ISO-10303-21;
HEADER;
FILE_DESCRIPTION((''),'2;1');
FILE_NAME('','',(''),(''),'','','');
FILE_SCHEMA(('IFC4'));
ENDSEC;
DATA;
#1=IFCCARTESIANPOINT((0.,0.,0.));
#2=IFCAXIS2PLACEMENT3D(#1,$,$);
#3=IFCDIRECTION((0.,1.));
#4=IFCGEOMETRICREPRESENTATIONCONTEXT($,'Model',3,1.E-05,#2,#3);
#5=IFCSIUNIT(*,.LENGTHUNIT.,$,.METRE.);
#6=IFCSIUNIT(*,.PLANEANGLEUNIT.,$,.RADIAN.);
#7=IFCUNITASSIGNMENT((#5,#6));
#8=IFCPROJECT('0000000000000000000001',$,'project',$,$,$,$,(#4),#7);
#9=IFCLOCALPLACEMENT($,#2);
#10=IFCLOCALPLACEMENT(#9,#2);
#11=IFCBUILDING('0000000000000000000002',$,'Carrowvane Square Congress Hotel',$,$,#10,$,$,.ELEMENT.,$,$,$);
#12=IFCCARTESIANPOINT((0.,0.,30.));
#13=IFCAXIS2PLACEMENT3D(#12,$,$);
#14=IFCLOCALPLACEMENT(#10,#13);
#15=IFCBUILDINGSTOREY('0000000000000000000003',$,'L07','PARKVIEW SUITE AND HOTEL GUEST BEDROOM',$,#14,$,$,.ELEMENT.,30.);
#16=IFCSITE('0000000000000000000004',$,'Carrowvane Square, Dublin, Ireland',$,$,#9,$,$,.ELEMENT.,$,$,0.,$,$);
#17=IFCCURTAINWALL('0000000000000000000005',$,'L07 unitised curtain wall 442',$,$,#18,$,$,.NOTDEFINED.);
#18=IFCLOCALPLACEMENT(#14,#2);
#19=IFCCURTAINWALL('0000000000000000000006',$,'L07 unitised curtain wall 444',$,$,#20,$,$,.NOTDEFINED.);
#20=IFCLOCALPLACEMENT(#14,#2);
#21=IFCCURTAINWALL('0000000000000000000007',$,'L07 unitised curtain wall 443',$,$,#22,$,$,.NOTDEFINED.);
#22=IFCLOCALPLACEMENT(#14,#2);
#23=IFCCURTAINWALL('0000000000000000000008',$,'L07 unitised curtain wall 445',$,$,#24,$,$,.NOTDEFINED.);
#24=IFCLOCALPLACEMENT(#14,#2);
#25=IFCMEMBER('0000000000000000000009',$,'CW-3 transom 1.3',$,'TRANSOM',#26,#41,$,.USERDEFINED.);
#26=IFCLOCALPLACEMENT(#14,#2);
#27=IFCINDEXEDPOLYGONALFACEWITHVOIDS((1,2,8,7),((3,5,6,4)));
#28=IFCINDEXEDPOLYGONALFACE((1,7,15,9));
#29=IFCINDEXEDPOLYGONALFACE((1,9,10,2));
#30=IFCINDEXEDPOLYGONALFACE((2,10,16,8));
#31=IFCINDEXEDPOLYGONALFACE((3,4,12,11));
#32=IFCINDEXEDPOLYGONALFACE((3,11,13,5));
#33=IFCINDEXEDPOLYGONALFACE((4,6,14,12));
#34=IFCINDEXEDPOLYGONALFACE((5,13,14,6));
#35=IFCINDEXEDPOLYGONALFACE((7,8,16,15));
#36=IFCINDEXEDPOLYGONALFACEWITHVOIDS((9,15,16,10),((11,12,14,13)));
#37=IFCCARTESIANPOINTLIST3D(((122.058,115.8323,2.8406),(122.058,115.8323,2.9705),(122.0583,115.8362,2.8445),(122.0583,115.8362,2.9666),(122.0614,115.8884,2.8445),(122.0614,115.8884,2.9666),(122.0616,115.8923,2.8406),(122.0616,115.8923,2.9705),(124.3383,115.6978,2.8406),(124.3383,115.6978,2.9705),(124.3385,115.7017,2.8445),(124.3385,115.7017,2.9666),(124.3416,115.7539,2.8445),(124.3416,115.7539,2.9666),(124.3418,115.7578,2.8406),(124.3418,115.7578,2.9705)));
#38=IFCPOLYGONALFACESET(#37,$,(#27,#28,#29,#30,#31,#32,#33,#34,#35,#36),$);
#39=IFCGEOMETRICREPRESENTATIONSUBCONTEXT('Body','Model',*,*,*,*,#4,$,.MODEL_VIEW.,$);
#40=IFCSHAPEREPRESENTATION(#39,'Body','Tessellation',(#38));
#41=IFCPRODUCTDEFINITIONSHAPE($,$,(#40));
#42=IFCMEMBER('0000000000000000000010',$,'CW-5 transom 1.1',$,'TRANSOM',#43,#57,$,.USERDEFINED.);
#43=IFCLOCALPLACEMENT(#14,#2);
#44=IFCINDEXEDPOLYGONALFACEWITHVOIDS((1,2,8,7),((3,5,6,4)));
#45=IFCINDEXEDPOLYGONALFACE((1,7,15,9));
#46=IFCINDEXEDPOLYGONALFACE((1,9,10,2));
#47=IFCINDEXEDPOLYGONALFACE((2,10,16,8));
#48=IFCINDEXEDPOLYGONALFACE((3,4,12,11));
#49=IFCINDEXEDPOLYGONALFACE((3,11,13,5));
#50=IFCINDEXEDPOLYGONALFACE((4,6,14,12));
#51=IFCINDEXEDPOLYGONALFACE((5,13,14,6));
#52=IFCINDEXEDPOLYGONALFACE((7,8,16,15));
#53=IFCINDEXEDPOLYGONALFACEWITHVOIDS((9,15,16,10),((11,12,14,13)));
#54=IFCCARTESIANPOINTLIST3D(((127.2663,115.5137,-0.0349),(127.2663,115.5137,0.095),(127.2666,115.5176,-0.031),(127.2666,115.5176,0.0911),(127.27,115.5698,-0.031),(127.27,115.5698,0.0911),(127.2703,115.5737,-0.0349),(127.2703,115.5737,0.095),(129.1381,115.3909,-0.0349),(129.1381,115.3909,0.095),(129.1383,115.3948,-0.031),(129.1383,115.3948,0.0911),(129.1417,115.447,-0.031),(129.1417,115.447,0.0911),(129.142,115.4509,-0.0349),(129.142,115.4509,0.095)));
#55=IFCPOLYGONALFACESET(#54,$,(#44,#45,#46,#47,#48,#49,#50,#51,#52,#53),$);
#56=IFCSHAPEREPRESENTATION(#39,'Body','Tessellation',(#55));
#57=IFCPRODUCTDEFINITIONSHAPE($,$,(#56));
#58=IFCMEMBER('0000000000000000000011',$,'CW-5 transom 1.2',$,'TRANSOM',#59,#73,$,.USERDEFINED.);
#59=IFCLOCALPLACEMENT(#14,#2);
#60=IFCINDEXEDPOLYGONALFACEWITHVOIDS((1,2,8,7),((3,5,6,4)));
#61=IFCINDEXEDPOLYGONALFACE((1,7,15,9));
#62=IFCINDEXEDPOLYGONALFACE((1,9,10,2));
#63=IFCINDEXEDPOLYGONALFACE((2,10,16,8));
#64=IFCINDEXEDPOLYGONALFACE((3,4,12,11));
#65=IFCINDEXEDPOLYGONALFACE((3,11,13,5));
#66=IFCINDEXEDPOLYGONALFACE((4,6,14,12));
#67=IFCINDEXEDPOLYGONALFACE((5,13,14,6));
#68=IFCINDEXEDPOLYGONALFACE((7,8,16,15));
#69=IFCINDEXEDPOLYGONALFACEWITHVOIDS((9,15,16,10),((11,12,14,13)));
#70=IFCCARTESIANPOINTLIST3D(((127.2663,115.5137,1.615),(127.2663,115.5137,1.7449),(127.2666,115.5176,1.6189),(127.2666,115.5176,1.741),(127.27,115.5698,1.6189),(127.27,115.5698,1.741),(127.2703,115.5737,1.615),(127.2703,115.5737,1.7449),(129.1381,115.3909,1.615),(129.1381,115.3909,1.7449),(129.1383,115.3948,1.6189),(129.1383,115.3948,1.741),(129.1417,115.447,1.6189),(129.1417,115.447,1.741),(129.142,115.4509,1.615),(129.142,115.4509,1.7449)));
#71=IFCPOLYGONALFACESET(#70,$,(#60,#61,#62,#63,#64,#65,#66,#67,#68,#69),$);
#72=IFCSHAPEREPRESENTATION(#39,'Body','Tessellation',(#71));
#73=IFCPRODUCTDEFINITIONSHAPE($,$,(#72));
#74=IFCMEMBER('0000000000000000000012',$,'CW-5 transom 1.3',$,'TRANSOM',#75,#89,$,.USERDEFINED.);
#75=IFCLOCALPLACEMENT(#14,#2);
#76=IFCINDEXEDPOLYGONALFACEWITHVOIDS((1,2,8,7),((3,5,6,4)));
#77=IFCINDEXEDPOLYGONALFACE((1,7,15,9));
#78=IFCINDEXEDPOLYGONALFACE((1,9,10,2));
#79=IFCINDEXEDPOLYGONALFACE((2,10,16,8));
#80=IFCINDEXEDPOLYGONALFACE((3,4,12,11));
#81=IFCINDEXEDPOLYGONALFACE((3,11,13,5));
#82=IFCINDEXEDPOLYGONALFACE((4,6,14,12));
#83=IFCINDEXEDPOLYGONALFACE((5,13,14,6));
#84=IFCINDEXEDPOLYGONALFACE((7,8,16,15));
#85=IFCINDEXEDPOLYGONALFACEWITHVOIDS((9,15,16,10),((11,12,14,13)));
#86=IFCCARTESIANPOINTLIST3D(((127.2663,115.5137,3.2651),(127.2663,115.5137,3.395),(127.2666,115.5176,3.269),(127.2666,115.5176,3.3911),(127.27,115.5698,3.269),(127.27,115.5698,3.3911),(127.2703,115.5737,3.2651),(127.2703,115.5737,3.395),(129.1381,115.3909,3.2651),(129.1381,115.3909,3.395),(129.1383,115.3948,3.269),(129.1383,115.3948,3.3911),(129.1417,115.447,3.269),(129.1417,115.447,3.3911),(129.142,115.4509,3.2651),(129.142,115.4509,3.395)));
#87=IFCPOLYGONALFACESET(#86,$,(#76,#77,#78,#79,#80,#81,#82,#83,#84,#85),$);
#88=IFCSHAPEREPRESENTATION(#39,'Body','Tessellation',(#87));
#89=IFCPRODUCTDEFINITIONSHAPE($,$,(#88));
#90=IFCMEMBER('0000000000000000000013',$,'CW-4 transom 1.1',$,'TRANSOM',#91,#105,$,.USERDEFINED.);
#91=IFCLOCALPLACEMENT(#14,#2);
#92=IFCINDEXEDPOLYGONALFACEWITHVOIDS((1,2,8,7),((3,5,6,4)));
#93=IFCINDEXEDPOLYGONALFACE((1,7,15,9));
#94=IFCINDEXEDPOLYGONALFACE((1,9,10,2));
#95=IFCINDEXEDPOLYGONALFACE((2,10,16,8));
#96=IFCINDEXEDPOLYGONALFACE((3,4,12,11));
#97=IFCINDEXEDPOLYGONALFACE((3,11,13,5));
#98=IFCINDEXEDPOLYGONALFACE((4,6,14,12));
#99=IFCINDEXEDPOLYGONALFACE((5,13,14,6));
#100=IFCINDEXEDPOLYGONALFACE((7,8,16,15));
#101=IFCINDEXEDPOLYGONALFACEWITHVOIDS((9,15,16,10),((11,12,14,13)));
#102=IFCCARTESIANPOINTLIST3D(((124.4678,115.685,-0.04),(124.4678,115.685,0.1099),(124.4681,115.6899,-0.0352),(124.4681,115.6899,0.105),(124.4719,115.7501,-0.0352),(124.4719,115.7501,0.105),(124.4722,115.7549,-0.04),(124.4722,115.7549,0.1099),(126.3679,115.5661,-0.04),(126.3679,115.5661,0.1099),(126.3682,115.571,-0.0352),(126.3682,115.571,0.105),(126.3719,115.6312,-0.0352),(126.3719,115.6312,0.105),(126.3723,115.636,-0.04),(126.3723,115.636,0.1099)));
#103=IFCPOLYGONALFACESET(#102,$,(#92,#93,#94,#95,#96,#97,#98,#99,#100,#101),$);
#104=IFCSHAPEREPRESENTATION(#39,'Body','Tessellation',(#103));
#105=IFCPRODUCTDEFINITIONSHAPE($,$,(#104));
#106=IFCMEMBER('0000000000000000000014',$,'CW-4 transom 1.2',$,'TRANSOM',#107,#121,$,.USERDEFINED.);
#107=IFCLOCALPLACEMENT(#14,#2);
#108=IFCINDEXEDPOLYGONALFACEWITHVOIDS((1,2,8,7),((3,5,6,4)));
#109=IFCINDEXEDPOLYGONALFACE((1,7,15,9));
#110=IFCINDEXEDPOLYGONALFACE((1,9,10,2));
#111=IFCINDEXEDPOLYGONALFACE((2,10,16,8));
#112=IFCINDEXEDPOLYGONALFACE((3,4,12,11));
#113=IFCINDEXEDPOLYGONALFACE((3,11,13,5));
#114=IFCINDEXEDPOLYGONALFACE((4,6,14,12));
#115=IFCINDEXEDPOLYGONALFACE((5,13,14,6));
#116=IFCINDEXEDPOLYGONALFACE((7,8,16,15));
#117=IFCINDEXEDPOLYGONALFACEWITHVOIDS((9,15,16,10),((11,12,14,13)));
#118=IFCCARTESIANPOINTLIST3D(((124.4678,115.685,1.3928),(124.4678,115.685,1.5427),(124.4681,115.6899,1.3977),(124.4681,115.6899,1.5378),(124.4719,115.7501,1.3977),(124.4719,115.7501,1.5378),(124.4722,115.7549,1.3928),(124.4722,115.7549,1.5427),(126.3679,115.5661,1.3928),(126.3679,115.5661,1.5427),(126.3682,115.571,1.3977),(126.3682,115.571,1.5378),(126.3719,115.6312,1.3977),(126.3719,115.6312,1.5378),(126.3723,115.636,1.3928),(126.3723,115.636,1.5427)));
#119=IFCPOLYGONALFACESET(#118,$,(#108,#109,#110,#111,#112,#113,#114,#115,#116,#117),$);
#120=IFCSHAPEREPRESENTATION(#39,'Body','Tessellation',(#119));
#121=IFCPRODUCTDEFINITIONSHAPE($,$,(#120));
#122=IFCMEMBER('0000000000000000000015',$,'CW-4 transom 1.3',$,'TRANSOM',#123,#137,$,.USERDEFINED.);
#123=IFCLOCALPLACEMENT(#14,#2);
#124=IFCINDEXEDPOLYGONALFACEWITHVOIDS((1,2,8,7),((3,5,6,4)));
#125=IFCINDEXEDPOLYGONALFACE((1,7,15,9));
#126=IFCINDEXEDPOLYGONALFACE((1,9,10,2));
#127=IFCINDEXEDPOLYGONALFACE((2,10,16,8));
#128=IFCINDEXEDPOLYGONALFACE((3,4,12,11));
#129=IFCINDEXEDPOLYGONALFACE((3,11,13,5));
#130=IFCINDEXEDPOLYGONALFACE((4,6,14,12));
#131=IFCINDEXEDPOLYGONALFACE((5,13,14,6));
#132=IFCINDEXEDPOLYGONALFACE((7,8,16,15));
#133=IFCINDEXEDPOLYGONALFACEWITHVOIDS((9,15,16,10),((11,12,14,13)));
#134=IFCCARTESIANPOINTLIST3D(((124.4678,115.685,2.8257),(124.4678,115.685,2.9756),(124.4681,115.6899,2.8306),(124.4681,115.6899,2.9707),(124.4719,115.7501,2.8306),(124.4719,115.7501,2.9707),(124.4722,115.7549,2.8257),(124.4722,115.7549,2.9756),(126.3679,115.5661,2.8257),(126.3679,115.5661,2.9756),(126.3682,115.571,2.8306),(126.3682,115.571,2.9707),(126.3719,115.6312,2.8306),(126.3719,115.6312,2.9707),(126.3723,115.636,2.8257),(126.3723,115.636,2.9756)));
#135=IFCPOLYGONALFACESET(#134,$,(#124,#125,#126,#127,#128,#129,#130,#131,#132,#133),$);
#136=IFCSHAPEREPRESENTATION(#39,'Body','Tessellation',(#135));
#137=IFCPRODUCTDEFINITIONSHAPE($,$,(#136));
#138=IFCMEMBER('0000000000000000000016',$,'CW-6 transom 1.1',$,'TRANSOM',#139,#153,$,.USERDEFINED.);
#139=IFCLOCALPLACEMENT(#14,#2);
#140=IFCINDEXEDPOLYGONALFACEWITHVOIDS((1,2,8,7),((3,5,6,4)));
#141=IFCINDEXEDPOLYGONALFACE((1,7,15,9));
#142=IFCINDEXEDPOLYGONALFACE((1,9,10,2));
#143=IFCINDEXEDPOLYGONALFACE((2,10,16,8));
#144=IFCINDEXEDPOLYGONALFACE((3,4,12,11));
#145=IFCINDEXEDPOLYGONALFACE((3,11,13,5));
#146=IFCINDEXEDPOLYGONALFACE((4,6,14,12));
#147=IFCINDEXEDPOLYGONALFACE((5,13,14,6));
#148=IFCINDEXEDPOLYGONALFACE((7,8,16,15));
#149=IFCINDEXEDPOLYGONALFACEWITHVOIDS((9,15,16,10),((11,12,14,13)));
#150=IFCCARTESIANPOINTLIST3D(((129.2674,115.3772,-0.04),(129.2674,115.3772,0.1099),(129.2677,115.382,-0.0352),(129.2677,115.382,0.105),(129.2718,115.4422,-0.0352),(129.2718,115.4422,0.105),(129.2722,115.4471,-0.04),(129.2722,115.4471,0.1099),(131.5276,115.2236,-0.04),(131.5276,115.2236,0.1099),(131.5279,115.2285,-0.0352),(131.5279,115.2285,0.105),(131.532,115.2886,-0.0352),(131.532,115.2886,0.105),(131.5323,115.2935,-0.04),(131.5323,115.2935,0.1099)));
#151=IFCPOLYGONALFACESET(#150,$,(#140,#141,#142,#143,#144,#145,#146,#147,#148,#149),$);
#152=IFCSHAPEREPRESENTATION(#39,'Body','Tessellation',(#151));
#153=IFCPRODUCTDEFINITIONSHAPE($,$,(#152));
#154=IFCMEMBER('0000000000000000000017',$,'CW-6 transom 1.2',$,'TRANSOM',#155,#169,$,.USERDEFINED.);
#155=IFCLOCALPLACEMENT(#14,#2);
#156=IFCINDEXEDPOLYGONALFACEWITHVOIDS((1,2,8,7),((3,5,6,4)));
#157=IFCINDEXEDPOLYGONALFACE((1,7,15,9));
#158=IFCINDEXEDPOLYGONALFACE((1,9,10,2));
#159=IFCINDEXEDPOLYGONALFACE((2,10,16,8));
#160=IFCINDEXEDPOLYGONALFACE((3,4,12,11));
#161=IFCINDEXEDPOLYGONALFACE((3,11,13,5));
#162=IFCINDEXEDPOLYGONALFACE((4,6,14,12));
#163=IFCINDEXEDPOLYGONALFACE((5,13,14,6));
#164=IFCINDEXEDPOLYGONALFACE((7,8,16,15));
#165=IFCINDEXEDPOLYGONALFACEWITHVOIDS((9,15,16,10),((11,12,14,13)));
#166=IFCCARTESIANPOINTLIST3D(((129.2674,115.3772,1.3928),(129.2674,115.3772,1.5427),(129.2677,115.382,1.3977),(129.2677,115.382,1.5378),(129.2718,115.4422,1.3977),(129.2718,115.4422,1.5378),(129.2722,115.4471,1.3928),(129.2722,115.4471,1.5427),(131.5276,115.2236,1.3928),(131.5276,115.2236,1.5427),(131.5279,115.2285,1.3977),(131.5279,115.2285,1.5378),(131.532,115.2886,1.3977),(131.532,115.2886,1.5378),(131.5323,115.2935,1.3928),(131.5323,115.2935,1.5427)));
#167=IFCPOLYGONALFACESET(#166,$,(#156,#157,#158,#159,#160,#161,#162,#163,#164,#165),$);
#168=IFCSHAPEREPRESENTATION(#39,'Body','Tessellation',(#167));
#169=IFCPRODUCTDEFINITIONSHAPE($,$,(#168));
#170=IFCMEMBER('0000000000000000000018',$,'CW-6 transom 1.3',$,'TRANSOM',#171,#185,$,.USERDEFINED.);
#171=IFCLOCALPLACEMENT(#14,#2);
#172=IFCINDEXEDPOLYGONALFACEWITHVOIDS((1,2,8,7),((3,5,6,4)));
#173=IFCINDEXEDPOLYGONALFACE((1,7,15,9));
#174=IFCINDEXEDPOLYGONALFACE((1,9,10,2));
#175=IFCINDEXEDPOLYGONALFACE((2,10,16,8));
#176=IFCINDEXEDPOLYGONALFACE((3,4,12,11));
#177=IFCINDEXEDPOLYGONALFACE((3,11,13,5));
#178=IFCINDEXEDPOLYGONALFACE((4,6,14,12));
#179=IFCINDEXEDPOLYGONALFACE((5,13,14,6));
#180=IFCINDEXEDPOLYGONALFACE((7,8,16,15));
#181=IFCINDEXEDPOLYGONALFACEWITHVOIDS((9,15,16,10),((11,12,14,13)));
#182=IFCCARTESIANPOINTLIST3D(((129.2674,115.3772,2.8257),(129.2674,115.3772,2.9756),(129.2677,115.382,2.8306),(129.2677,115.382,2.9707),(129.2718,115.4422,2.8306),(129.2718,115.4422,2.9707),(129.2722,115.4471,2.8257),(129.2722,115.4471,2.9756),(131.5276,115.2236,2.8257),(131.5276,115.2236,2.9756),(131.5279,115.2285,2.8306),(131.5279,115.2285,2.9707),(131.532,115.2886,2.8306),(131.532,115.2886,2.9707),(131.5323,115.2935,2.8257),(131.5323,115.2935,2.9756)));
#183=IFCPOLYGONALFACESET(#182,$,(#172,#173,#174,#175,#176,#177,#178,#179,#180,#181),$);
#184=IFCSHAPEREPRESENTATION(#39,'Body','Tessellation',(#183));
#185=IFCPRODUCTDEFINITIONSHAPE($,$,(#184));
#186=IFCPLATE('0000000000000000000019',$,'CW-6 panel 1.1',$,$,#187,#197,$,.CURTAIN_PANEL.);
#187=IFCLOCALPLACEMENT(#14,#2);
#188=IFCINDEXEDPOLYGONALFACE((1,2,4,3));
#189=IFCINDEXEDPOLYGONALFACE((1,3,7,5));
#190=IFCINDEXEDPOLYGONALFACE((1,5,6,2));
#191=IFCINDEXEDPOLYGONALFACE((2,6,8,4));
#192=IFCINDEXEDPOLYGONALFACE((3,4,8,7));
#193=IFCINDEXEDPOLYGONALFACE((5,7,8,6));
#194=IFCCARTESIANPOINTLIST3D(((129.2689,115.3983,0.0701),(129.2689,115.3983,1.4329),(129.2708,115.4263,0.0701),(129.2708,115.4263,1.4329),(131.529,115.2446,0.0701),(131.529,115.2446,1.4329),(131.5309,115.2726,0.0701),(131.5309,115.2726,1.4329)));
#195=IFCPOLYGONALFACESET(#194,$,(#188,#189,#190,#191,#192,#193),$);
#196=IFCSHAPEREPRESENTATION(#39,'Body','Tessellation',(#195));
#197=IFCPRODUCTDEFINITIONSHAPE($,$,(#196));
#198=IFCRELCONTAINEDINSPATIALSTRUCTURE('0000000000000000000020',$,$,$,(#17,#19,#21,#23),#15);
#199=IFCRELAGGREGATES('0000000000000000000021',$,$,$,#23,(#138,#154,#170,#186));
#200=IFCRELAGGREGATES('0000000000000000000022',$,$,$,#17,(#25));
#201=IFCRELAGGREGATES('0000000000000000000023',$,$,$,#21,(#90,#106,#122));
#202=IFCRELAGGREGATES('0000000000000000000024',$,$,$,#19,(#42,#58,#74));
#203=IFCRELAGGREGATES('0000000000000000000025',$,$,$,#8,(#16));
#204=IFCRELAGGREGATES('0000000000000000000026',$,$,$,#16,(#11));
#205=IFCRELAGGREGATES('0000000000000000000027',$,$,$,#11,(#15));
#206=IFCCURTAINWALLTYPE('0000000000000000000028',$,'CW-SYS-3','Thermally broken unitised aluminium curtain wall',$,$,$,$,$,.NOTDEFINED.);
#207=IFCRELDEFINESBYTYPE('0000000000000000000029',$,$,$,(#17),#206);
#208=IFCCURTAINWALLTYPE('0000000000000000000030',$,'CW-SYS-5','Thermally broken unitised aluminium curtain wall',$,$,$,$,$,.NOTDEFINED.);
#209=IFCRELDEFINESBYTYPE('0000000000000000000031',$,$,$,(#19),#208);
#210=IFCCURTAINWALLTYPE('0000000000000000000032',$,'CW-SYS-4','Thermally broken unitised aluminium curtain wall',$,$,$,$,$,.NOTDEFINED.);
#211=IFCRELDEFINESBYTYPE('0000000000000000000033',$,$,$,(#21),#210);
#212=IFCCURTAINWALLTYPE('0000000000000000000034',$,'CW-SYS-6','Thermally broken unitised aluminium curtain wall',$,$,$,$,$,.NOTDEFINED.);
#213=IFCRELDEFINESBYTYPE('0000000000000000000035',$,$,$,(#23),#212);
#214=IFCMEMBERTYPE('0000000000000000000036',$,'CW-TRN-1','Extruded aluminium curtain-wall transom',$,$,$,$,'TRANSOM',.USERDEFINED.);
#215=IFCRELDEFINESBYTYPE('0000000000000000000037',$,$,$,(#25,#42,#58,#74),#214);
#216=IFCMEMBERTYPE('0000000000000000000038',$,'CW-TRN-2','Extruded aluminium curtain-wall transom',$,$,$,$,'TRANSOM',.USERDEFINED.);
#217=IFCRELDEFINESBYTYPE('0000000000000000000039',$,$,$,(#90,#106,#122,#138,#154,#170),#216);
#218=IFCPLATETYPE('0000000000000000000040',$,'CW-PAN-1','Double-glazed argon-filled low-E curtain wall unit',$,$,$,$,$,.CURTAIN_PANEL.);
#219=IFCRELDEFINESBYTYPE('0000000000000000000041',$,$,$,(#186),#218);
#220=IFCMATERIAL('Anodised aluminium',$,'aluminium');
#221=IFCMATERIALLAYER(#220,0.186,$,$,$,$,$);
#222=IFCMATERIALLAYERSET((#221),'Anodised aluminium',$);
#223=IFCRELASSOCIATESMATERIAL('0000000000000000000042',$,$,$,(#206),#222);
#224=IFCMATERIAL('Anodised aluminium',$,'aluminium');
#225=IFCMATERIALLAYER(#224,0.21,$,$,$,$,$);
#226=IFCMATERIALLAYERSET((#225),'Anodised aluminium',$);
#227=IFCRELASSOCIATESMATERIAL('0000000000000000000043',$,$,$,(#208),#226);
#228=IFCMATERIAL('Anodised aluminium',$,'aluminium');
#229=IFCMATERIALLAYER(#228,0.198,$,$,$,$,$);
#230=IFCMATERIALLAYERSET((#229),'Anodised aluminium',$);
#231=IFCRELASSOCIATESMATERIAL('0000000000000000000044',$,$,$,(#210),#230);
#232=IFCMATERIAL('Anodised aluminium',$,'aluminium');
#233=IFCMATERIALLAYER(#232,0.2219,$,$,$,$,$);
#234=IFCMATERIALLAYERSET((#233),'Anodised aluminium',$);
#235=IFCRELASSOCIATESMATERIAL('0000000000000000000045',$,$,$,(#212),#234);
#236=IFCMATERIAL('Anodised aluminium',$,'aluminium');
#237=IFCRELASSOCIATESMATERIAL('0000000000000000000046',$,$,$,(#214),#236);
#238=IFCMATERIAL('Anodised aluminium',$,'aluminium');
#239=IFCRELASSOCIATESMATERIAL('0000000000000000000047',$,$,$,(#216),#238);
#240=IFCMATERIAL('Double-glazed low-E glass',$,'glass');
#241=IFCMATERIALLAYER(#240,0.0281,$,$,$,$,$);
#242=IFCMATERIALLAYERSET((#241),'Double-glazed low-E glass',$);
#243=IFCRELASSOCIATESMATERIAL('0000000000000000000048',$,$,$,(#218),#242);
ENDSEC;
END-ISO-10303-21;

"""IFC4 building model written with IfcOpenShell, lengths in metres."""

from ifc_helpers import new_model, si_unit, direction, frame, origin, origin_2d, place, context, subcontext, project, spatial, rectangle, hollow_rectangle, extrude, material, layer, layer_set, material_profile, profile_set, type_object, element, aggregate, save


model = new_model("IFC4")

# Units and contexts
model_context = context("Model", 3, precision=1e-05, world=origin(), true_north=direction((0.0, 1.0)))
body_context = subcontext(model_context, "Body", "Model", "MODEL_VIEW")
ifc_project = project(units=[si_unit("LENGTHUNIT", "METRE"), si_unit("PLANEANGLEUNIT", "RADIAN")], contexts=[model_context])

# Site, building, storey
site_placement = place(None, origin())
site = spatial("IfcSite", under=ifc_project, at=site_placement, Name="Carrowvane Square, Dublin, Ireland", CompositionType="ELEMENT", RefElevation=0.0)
building_placement = place(site_placement, origin())
building = spatial("IfcBuilding", under=site, at=building_placement, Name="Carrowvane Square Congress Hotel", CompositionType="ELEMENT")
storey_placement = place(building_placement, frame((0.0, 0.0, 30.0)))
storey = spatial("IfcBuildingStorey", under=building, at=storey_placement, Name="L07", Description="PARKVIEW SUITE AND HOTEL GUEST BEDROOM", CompositionType="ELEMENT", Elevation=30.0)

# Curtain walls
ifc_material_1 = material(Name="Anodised aluminium", Category="aluminium")
ifc_layer_1 = layer(ifc_material_1, 0.186)
ifc_layer_set_1 = layer_set([ifc_layer_1], Name="Anodised aluminium")
curtain_wall_type_1 = type_object("IfcCurtainWallType", Name="CW-SYS-3", Description="Thermally broken unitised aluminium curtain wall", PredefinedType="NOTDEFINED", material=ifc_layer_set_1)
curtain_wall_1_placement = place(storey_placement, origin())
curtain_wall_1 = element("IfcCurtainWall", 1, at=curtain_wall_1_placement, inside=storey, type_object=curtain_wall_type_1, Name="L07 unitised curtain wall 442", PredefinedType="NOTDEFINED")
ifc_material_2 = material(Name="Anodised aluminium", Category="aluminium")
ifc_layer_2 = layer(ifc_material_2, 0.21)
ifc_layer_set_2 = layer_set([ifc_layer_2], Name="Anodised aluminium")
curtain_wall_type_2 = type_object("IfcCurtainWallType", Name="CW-SYS-5", Description="Thermally broken unitised aluminium curtain wall", PredefinedType="NOTDEFINED", material=ifc_layer_set_2)
curtain_wall_2_placement = place(storey_placement, origin())
curtain_wall_2 = element("IfcCurtainWall", 2, at=curtain_wall_2_placement, inside=storey, type_object=curtain_wall_type_2, Name="L07 unitised curtain wall 444", PredefinedType="NOTDEFINED")

# Curtain wall
ifc_material_3 = material(Name="Anodised aluminium", Category="aluminium")
ifc_layer_3 = layer(ifc_material_3, 0.198)
ifc_layer_set_3 = layer_set([ifc_layer_3], Name="Anodised aluminium")
curtain_wall_type_3 = type_object("IfcCurtainWallType", Name="CW-SYS-4", Description="Thermally broken unitised aluminium curtain wall", PredefinedType="NOTDEFINED", material=ifc_layer_set_3)
curtain_wall_3_placement = place(storey_placement, origin())
curtain_wall_3 = element("IfcCurtainWall", 3, at=curtain_wall_3_placement, inside=storey, type_object=curtain_wall_type_3, Name="L07 unitised curtain wall 443", PredefinedType="NOTDEFINED")

# Curtain wall
ifc_material_4 = material(Name="Anodised aluminium", Category="aluminium")
ifc_layer_4 = layer(ifc_material_4, 0.2219)
ifc_layer_set_4 = layer_set([ifc_layer_4], Name="Anodised aluminium")
curtain_wall_type_4 = type_object("IfcCurtainWallType", Name="CW-SYS-6", Description="Thermally broken unitised aluminium curtain wall", PredefinedType="NOTDEFINED", material=ifc_layer_set_4)
curtain_wall_4_placement = place(storey_placement, origin())
curtain_wall_4 = element("IfcCurtainWall", 4, at=curtain_wall_4_placement, inside=storey, type_object=curtain_wall_type_4, Name="L07 unitised curtain wall 445", PredefinedType="NOTDEFINED")

# Members
ifc_material_5 = material(Name="Anodised aluminium", Category="aluminium")
ifc_material_profile_1 = material_profile(ifc_material_5, hollow_rectangle(XDim=0.0601, YDim=0.1299, WallThickness=0.0039, at=origin_2d()), Name="CW-TR 60x130x4")
ifc_profile_set_1 = profile_set([ifc_material_profile_1], Name="Anodised aluminium")
member_type_1 = type_object("IfcMemberType", Name="CW-TRN-1", Description="Extruded aluminium curtain-wall transom", ElementType="TRANSOM", PredefinedType="USERDEFINED", material=ifc_profile_set_1)
member_1_placement = place(storey_placement, frame((122.0598, 115.8623, 2.9055), z_axis=(0.998264, -0.058891, 0.0), x_axis=(0.058891, 0.998264, 0.0)))
member_1 = element("IfcMember", 5, at=member_1_placement, type_object=member_type_1, Name="CW-3 transom 1.3", ObjectType="TRANSOM", PredefinedType="USERDEFINED", context=body_context, shape_type="SweptSolid", body=[
    extrude(hollow_rectangle(XDim=0.0601, YDim=0.1299, WallThickness=0.0039, at=origin_2d()), origin(), (0.0, 0.0, 1.0), 2.2842),
])
member_2_placement = place(storey_placement, frame((127.2683, 115.5437, 0.03), z_axis=(0.997855, -0.065465, 0.0), x_axis=(0.065465, 0.997855, 0.0)))
member_2 = element("IfcMember", 6, at=member_2_placement, type_object=member_type_1, Name="CW-5 transom 1.1", ObjectType="TRANSOM", PredefinedType="USERDEFINED", context=body_context, shape_type="SweptSolid", body=[
    extrude(hollow_rectangle(XDim=0.0601, YDim=0.1299, WallThickness=0.0039, at=origin_2d()), origin(), (0.0, 0.0, 1.0), 1.8757),
])
member_3_placement = place(storey_placement, frame((127.2683, 115.5437, 1.6799), z_axis=(0.997855, -0.065465, 0.0), x_axis=(0.065465, 0.997855, 0.0)))
member_3 = element("IfcMember", 7, at=member_3_placement, type_object=member_type_1, Name="CW-5 transom 1.2", ObjectType="TRANSOM", PredefinedType="USERDEFINED", context=body_context, shape_type="SweptSolid", body=[
    extrude(hollow_rectangle(XDim=0.0601, YDim=0.1299, WallThickness=0.0039, at=origin_2d()), origin(), (0.0, 0.0, 1.0), 1.8757),
])
member_4_placement = place(storey_placement, frame((127.2683, 115.5437, 3.3301), z_axis=(0.997855, -0.065465, 0.0), x_axis=(0.065465, 0.997855, 0.0)))
member_4 = element("IfcMember", 8, at=member_4_placement, type_object=member_type_1, Name="CW-5 transom 1.3", ObjectType="TRANSOM", PredefinedType="USERDEFINED", context=body_context, shape_type="SweptSolid", body=[
    extrude(hollow_rectangle(XDim=0.0601, YDim=0.1299, WallThickness=0.0039, at=origin_2d()), origin(), (0.0, 0.0, 1.0), 1.8757),
])
ifc_material_6 = material(Name="Anodised aluminium", Category="aluminium")
ifc_material_profile_2 = material_profile(ifc_material_6, hollow_rectangle(XDim=0.0701, YDim=0.1499, WallThickness=0.0049, at=origin_2d()), Name="CW-TR 70x150x5")
ifc_profile_set_2 = profile_set([ifc_material_profile_2], Name="Anodised aluminium")
member_type_2 = type_object("IfcMemberType", Name="CW-TRN-2", Description="Extruded aluminium curtain-wall transom", ElementType="TRANSOM", PredefinedType="USERDEFINED", material=ifc_profile_set_2)
member_5_placement = place(storey_placement, frame((124.47, 115.72, 0.0349), z_axis=(0.998048, -0.06245, 0.0), x_axis=(0.06245, 0.998048, 0.0)))
member_5 = element("IfcMember", 9, at=member_5_placement, type_object=member_type_2, Name="CW-4 transom 1.1", ObjectType="TRANSOM", PredefinedType="USERDEFINED", context=body_context, shape_type="SweptSolid", body=[
    extrude(hollow_rectangle(XDim=0.0701, YDim=0.1499, WallThickness=0.0049, at=origin_2d()), origin(), (0.0, 0.0, 1.0), 1.9038),
])
member_6_placement = place(storey_placement, frame((124.47, 115.72, 1.4678), z_axis=(0.998048, -0.06245, 0.0), x_axis=(0.06245, 0.998048, 0.0)))
member_6 = element("IfcMember", 10, at=member_6_placement, type_object=member_type_2, Name="CW-4 transom 1.2", ObjectType="TRANSOM", PredefinedType="USERDEFINED", context=body_context, shape_type="SweptSolid", body=[
    extrude(hollow_rectangle(XDim=0.0701, YDim=0.1499, WallThickness=0.0049, at=origin_2d()), origin(), (0.0, 0.0, 1.0), 1.9038),
])
member_7_placement = place(storey_placement, frame((124.47, 115.72, 2.9006), z_axis=(0.998048, -0.06245, 0.0), x_axis=(0.06245, 0.998048, 0.0)))
member_7 = element("IfcMember", 11, at=member_7_placement, type_object=member_type_2, Name="CW-4 transom 1.3", ObjectType="TRANSOM", PredefinedType="USERDEFINED", context=body_context, shape_type="SweptSolid", body=[
    extrude(hollow_rectangle(XDim=0.0701, YDim=0.1499, WallThickness=0.0049, at=origin_2d()), origin(), (0.0, 0.0, 1.0), 1.9038),
])
member_8_placement = place(storey_placement, frame((129.2698, 115.4121, 0.0349), z_axis=(0.9977, -0.067785, 0.0), x_axis=(0.067785, 0.9977, 0.0)))
member_8 = element("IfcMember", 12, at=member_8_placement, type_object=member_type_2, Name="CW-6 transom 1.1", ObjectType="TRANSOM", PredefinedType="USERDEFINED", context=body_context, shape_type="SweptSolid", body=[
    extrude(hollow_rectangle(XDim=0.0701, YDim=0.1499, WallThickness=0.0049, at=origin_2d()), origin(), (0.0, 0.0, 1.0), 2.2654),
])
member_9_placement = place(storey_placement, frame((129.2698, 115.4121, 1.4678), z_axis=(0.9977, -0.067785, 0.0), x_axis=(0.067785, 0.9977, 0.0)))
member_9 = element("IfcMember", 13, at=member_9_placement, type_object=member_type_2, Name="CW-6 transom 1.2", ObjectType="TRANSOM", PredefinedType="USERDEFINED", context=body_context, shape_type="SweptSolid", body=[
    extrude(hollow_rectangle(XDim=0.0701, YDim=0.1499, WallThickness=0.0049, at=origin_2d()), origin(), (0.0, 0.0, 1.0), 2.2654),
])
member_10_placement = place(storey_placement, frame((129.2698, 115.4121, 2.9006), z_axis=(0.9977, -0.067785, 0.0), x_axis=(0.067785, 0.9977, 0.0)))
member_10 = element("IfcMember", 14, at=member_10_placement, type_object=member_type_2, Name="CW-6 transom 1.3", ObjectType="TRANSOM", PredefinedType="USERDEFINED", context=body_context, shape_type="SweptSolid", body=[
    extrude(hollow_rectangle(XDim=0.0701, YDim=0.1499, WallThickness=0.0049, at=origin_2d()), origin(), (0.0, 0.0, 1.0), 2.2654),
])

# Plate
ifc_material_7 = material(Name="Double-glazed low-E glass", Category="glass")
ifc_layer_5 = layer(ifc_material_7, 0.0281)
ifc_layer_set_5 = layer_set([ifc_layer_5], Name="Double-glazed low-E glass")
plate_type_1 = type_object("IfcPlateType", Name="CW-PAN-1", Description="Double-glazed argon-filled low-E curtain wall unit", PredefinedType="CURTAIN_PANEL", material=ifc_layer_set_5)
plate_1_placement = place(storey_placement, frame((130.3999, 115.3354, 0.0701), z_axis=(0.0, 0.0, 1.0), x_axis=(0.997694, -0.06787, 0.0)))
plate_1 = element("IfcPlate", 15, at=plate_1_placement, type_object=plate_type_1, Name="CW-6 panel 1.1", PredefinedType="CURTAIN_PANEL", context=body_context, shape_type="SweptSolid", body=[
    extrude(rectangle(XDim=2.2654, YDim=0.0281, at=origin_2d()), origin(), (0.0, 0.0, 1.0), 1.3628),
])
aggregate(curtain_wall_4, [member_8, member_9, member_10, plate_1])
aggregate(curtain_wall_1, [member_1])
aggregate(curtain_wall_3, [member_5, member_6, member_7])
aggregate(curtain_wall_2, [member_2, member_3, member_4])

save(model, "model.ifc")
